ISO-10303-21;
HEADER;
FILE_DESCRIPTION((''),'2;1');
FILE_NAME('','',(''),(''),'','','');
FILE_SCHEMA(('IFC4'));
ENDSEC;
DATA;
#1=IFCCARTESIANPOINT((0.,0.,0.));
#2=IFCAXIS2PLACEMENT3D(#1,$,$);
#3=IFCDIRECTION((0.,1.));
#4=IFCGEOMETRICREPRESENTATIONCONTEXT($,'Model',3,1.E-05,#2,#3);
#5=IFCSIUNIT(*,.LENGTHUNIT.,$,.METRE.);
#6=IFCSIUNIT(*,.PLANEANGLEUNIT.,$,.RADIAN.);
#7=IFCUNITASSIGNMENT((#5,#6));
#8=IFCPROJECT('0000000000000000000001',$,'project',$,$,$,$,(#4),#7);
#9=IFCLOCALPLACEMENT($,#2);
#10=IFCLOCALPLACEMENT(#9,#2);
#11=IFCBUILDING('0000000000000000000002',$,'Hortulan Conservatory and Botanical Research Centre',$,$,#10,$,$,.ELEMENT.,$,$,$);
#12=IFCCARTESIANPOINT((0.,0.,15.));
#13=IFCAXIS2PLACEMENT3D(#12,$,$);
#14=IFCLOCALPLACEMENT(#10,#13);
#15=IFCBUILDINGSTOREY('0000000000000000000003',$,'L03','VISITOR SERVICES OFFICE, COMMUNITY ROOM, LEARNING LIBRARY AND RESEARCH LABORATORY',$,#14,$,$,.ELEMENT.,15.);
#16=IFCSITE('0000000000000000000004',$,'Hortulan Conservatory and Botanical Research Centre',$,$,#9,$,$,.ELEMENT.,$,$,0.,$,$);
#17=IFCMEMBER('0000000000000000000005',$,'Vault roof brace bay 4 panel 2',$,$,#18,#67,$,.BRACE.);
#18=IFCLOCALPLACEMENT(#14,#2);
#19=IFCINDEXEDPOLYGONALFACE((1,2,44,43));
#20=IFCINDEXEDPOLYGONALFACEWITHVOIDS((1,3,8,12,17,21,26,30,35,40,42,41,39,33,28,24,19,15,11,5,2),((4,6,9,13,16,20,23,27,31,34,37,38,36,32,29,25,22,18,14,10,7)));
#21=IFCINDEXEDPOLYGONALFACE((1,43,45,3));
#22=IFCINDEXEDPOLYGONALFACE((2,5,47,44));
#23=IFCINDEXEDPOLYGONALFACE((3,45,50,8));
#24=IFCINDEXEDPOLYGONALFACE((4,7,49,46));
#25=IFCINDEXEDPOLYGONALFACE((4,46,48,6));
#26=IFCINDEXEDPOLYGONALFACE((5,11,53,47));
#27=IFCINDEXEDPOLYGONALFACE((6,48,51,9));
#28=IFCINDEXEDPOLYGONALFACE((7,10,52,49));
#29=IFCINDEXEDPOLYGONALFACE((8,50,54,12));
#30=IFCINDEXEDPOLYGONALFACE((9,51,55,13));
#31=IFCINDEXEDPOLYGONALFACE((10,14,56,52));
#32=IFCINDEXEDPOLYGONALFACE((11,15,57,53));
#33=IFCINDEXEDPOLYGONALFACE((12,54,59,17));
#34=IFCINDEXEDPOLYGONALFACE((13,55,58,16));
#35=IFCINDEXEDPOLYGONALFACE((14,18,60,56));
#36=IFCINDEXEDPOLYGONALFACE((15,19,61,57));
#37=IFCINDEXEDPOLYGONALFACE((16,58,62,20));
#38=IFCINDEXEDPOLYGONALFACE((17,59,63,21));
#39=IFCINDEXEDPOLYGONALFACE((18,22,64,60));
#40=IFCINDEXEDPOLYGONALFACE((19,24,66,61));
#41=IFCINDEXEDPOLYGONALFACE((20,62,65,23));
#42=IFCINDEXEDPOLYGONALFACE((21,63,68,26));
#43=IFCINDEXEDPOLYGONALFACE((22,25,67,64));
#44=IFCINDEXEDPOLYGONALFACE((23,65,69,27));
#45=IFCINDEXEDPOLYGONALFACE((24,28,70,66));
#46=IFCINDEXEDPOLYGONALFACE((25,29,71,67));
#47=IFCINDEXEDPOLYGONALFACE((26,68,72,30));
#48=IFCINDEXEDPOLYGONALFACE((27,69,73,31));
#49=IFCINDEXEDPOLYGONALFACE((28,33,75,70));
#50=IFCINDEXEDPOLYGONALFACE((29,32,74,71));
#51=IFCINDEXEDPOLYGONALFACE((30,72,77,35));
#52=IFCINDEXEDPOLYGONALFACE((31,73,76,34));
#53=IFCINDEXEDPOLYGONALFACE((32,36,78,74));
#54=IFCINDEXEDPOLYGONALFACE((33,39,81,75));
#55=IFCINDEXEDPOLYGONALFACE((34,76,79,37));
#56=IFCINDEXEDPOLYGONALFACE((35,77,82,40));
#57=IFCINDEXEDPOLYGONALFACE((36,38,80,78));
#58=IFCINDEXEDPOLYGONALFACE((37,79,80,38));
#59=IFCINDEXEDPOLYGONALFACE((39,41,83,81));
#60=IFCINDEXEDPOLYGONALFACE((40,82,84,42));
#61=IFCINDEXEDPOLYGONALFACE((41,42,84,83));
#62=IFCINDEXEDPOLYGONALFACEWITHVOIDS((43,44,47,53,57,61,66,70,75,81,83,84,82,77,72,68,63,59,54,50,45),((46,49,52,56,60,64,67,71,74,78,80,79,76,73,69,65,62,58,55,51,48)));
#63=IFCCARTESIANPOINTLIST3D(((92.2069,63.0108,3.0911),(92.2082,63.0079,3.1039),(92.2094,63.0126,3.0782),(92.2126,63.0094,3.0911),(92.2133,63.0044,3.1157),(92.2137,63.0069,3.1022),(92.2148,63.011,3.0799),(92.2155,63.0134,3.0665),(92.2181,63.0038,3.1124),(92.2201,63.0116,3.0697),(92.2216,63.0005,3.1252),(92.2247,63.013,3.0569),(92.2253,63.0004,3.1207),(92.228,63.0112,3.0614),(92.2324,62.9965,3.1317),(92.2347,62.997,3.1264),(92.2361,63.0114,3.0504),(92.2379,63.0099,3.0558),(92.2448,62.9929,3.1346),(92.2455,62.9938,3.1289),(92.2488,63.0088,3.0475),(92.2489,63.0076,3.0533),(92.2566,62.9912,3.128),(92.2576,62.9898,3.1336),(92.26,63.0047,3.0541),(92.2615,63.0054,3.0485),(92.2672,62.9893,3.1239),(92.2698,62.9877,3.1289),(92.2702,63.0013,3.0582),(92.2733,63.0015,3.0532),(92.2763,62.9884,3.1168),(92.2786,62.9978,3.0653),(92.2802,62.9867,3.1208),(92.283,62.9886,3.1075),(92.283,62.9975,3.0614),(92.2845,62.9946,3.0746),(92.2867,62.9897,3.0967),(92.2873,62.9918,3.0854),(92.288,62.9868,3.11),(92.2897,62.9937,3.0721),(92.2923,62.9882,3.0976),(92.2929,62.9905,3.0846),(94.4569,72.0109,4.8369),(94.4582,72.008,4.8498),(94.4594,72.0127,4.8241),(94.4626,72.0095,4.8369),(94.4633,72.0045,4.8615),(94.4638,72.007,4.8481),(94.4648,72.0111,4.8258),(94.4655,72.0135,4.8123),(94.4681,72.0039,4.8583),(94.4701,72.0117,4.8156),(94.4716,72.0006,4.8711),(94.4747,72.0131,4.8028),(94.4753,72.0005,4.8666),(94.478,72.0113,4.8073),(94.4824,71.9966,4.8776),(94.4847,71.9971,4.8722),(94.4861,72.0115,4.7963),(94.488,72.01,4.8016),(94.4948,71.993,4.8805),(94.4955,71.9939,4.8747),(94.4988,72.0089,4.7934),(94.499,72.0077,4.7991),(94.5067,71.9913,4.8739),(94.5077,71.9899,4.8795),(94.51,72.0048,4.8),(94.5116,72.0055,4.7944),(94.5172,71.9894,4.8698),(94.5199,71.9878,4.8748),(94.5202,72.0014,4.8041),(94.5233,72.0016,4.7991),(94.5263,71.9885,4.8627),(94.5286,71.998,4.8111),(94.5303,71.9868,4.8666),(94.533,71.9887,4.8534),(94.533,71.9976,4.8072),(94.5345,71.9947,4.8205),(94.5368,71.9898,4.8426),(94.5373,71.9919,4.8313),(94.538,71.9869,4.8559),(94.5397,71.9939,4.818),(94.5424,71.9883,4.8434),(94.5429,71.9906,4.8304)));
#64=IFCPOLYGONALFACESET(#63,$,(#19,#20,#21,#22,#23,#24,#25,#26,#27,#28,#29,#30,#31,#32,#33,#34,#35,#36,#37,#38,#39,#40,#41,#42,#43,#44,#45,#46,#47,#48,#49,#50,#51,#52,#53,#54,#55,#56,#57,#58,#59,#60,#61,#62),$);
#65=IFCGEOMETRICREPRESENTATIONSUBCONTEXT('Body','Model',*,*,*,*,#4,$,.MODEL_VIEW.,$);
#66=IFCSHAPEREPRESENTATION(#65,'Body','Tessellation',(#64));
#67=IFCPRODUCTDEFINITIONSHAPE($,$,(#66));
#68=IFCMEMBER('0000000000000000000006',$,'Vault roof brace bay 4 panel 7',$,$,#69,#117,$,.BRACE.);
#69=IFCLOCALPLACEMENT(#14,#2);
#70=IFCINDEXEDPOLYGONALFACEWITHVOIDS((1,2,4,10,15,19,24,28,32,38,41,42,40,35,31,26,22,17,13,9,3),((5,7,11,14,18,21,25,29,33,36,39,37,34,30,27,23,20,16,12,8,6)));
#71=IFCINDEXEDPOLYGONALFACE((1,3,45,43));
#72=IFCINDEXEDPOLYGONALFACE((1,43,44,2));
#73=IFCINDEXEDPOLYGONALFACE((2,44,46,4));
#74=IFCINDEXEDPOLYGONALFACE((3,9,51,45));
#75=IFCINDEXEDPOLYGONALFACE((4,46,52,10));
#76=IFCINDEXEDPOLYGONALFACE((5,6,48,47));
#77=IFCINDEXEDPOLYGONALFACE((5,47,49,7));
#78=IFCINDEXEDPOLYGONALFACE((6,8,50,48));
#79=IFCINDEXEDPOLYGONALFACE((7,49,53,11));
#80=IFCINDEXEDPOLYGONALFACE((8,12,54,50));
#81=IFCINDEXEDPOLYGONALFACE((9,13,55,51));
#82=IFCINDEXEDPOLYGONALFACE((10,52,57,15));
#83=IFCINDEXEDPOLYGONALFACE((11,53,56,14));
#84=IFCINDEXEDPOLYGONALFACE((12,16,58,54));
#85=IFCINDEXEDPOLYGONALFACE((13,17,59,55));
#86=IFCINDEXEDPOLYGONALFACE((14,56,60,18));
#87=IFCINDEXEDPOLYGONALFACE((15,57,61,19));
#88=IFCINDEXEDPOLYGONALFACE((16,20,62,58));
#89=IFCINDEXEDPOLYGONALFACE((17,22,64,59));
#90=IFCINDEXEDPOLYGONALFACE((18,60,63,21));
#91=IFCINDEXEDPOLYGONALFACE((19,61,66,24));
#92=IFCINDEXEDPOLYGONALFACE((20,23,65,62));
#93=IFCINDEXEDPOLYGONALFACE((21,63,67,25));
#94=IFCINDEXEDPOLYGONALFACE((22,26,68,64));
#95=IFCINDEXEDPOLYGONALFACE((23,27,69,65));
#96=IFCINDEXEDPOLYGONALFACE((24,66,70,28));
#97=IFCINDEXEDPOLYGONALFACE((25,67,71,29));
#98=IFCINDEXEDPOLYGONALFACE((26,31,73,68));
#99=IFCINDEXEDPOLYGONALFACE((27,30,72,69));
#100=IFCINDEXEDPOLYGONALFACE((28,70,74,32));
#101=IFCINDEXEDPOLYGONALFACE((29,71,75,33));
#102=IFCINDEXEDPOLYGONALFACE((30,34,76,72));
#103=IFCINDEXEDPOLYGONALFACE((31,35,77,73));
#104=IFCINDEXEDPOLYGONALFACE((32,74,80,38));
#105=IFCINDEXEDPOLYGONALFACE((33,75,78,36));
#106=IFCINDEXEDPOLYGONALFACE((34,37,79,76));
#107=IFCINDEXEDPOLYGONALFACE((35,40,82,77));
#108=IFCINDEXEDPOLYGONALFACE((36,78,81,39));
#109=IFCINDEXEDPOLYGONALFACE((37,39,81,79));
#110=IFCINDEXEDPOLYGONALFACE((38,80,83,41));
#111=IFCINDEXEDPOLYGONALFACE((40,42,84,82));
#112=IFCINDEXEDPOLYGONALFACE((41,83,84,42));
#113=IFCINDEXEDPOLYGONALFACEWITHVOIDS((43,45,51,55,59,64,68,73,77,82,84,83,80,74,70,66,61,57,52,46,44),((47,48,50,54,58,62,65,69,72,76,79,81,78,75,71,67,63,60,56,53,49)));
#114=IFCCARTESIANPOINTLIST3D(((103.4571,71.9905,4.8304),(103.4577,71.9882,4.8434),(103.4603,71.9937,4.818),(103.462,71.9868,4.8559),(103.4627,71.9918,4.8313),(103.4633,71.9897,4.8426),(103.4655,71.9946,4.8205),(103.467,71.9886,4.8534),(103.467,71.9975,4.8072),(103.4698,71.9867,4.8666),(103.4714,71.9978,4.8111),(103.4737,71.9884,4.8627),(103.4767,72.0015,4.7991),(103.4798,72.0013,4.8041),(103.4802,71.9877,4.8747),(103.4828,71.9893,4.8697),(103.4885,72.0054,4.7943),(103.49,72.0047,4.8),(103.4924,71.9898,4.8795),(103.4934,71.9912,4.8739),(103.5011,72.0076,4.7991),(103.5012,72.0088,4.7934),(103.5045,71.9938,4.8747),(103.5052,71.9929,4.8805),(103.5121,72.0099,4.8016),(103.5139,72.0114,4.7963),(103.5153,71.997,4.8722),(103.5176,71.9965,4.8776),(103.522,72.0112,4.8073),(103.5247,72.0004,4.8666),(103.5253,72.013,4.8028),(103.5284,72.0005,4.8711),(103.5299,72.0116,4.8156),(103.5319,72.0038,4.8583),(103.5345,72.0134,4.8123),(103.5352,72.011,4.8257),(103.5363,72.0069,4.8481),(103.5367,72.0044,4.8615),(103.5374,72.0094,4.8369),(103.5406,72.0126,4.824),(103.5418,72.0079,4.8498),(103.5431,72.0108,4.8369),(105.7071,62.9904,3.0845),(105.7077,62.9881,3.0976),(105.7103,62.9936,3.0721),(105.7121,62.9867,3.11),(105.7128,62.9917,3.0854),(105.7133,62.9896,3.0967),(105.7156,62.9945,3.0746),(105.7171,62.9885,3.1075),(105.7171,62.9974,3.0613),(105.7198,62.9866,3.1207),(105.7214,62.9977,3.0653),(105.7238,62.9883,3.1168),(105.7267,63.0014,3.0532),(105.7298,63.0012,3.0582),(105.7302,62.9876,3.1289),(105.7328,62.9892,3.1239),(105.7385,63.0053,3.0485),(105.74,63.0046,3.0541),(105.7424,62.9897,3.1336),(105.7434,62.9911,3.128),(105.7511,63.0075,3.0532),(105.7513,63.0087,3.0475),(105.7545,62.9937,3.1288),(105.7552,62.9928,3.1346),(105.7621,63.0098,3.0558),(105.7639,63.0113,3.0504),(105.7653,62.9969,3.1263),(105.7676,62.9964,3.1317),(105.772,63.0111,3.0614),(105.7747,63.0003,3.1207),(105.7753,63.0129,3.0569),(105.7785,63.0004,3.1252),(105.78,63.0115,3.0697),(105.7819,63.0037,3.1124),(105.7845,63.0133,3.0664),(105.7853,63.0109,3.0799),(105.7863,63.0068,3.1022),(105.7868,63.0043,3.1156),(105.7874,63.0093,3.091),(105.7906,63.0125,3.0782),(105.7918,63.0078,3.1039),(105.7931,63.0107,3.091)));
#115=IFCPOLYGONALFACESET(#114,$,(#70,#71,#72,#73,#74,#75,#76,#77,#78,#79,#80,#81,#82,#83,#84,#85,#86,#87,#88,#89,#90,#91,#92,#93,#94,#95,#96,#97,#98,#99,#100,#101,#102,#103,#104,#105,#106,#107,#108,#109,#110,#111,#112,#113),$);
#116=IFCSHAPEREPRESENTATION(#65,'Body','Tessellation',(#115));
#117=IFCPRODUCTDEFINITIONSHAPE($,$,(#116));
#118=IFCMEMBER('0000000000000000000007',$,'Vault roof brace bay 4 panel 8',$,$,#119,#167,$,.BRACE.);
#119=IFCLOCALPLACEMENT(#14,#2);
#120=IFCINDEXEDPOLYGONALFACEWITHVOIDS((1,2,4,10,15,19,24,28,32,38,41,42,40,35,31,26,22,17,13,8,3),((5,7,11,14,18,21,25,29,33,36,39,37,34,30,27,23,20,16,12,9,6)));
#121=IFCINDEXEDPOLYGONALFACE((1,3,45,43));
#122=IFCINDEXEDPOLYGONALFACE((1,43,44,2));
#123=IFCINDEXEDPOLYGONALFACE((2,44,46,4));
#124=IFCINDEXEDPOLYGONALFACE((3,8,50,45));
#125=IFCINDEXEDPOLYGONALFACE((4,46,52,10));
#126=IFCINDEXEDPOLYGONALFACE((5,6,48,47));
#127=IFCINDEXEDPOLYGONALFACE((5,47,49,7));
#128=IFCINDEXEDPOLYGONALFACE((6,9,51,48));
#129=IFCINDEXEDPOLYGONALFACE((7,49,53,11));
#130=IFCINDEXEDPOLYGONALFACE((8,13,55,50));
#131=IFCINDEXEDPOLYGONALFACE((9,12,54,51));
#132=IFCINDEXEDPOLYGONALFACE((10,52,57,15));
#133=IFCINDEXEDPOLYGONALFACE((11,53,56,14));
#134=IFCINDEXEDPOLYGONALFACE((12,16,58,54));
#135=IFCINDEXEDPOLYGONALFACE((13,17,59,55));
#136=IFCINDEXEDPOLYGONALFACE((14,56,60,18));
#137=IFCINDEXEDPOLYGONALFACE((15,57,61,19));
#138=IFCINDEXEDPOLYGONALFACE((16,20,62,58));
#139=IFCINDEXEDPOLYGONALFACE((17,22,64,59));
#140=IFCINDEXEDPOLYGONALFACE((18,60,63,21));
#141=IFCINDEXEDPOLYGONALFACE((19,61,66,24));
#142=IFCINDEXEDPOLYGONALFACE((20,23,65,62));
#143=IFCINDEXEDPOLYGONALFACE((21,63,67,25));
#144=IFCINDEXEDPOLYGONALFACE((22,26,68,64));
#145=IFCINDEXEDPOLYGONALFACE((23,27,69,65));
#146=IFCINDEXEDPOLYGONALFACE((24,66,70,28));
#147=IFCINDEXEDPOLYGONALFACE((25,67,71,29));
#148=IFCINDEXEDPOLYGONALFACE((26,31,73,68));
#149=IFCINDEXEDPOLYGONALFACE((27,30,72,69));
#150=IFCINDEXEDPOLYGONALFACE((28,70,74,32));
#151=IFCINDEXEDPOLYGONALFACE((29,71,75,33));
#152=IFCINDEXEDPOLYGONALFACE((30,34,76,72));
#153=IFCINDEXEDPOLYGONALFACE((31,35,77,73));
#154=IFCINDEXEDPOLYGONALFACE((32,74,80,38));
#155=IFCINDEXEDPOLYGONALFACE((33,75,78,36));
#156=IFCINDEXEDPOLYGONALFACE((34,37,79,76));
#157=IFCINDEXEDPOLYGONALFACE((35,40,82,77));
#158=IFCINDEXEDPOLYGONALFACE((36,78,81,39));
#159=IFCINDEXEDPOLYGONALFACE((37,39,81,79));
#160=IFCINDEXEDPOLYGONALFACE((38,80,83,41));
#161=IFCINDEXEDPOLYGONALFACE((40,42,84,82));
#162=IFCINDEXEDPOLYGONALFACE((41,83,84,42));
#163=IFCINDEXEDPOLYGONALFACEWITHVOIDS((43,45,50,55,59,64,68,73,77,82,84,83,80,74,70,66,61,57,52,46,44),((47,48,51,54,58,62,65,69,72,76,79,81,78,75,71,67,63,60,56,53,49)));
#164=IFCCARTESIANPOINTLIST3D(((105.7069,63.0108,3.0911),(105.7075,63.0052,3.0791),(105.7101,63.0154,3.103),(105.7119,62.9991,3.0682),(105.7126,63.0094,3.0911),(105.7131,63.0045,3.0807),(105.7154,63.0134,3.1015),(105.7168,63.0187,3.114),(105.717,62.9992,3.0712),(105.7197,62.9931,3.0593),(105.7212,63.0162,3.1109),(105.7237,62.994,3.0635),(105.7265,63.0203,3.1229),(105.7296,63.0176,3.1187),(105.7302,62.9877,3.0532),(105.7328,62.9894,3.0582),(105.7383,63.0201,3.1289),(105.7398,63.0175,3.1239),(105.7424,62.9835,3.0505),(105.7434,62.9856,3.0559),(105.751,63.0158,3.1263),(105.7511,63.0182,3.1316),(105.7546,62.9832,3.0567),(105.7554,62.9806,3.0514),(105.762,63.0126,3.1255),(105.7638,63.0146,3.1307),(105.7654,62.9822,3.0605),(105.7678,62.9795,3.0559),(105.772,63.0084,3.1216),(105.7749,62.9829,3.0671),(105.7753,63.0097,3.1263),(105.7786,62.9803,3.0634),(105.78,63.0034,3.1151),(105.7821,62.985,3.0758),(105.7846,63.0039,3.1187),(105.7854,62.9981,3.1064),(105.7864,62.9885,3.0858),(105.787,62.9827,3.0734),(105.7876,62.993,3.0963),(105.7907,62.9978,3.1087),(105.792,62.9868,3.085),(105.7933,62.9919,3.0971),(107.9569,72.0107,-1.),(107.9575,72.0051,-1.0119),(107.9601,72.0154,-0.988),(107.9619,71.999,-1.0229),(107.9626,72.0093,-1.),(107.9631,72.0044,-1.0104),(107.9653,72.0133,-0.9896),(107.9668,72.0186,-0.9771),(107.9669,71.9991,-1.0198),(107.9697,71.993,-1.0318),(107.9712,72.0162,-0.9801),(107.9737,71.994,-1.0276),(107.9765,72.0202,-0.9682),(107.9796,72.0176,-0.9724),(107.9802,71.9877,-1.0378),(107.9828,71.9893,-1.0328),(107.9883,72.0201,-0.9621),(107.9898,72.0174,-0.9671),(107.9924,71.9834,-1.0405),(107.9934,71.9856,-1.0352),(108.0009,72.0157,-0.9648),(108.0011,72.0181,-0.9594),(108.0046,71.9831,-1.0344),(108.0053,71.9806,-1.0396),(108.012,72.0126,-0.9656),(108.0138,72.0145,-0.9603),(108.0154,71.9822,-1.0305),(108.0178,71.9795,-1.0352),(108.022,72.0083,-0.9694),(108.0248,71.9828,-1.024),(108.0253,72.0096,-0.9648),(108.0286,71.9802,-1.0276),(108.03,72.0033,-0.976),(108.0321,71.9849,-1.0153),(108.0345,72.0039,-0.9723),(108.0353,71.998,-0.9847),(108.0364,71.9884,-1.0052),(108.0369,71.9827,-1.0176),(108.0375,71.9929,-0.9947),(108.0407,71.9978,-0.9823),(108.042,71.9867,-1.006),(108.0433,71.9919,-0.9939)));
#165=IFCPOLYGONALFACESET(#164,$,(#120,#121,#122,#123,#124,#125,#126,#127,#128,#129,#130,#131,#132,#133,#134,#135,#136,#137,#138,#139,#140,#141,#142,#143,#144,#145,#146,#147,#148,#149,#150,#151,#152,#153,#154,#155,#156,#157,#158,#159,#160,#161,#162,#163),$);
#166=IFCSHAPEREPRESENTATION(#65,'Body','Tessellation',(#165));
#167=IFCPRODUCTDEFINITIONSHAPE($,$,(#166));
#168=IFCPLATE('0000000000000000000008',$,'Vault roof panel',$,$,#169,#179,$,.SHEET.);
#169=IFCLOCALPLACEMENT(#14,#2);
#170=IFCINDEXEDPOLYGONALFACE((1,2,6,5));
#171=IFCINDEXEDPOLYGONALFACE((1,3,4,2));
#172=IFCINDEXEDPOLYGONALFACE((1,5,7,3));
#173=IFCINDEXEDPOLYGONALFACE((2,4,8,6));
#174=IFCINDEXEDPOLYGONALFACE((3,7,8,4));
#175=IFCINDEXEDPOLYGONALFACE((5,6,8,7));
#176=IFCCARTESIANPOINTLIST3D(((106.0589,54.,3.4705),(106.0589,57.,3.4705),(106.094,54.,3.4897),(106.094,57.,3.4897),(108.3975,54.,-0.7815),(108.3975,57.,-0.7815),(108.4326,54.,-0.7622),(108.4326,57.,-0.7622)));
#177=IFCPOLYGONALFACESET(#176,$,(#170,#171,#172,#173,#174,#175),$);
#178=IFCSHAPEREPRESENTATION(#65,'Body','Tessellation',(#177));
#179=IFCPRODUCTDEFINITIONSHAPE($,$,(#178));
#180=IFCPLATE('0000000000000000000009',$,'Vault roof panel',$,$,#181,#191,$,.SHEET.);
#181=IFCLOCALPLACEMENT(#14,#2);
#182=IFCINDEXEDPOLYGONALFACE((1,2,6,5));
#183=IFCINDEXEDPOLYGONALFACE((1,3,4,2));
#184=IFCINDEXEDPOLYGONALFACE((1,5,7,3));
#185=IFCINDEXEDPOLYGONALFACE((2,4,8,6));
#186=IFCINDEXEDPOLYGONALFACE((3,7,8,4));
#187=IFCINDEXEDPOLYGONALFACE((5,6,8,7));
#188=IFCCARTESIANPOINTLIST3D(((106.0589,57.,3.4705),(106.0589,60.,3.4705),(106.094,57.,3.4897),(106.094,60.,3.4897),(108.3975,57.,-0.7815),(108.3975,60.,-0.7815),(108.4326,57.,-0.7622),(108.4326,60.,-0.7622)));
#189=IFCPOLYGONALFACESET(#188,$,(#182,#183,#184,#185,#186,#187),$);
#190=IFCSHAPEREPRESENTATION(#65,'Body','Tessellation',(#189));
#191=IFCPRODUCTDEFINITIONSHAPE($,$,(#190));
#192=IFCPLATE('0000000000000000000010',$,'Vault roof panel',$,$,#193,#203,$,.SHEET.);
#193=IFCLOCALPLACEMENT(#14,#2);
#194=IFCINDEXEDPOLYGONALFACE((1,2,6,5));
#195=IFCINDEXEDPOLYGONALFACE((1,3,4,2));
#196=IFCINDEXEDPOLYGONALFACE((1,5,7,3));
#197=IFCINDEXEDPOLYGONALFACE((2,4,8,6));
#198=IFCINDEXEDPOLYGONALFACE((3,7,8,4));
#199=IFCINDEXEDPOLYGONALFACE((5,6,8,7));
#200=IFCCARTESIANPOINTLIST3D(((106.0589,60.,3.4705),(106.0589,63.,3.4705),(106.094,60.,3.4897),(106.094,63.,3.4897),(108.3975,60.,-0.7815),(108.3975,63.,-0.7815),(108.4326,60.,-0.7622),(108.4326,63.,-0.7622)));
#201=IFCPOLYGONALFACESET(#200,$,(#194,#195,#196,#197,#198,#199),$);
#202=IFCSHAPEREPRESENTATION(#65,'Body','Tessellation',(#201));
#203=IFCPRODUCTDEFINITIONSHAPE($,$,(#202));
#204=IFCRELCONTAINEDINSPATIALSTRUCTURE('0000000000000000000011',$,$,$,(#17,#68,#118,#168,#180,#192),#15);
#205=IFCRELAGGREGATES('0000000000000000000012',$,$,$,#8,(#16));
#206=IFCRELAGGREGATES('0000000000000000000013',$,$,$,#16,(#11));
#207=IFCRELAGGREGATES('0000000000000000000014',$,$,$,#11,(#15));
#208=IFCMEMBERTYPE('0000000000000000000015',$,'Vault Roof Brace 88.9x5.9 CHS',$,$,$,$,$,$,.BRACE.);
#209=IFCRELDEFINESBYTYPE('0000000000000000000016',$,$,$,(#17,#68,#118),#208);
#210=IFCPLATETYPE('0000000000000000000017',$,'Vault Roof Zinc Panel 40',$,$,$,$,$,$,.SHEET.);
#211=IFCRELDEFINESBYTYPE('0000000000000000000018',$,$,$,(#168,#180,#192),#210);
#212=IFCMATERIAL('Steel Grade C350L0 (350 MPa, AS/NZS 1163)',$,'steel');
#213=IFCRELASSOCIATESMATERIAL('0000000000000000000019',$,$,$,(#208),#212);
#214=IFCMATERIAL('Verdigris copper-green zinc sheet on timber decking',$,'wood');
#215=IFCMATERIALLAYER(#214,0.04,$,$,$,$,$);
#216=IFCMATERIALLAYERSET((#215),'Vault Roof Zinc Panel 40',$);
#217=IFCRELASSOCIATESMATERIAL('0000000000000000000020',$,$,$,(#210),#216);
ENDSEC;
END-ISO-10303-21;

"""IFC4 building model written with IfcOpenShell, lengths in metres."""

from ifc_helpers import new_model, si_unit, direction, frame, origin, origin_2d, place, context, subcontext, project, spatial, polyline, hollow_circle, outline, extrude, material, layer, layer_set, material_profile, profile_set, type_object, element, save


model = new_model("IFC4")

# Units and contexts
model_context = context("Model", 3, precision=1e-05, world=origin(), true_north=direction((0.0, 1.0)))
body_context = subcontext(model_context, "Body", "Model", "MODEL_VIEW")
ifc_project = project(units=[si_unit("LENGTHUNIT", "METRE"), si_unit("PLANEANGLEUNIT", "RADIAN")], contexts=[model_context])

# Site, building, storey
site_placement = place(None, origin())
site = spatial("IfcSite", under=ifc_project, at=site_placement, Name="Hortulan Conservatory and Botanical Research Centre", CompositionType="ELEMENT", RefElevation=0.0)
building_placement = place(site_placement, origin())
building = spatial("IfcBuilding", under=site, at=building_placement, Name="Hortulan Conservatory and Botanical Research Centre", CompositionType="ELEMENT")
storey_placement = place(building_placement, frame((0.0, 0.0, 15.0)))
storey = spatial("IfcBuildingStorey", under=building, at=storey_placement, Name="L03", Description="VISITOR SERVICES OFFICE, COMMUNITY ROOM, LEARNING LIBRARY AND RESEARCH LABORATORY", CompositionType="ELEMENT", Elevation=15.0)

# Members
ifc_material_1 = material(Name="Steel Grade C350L0 (350 MPa, AS/NZS 1163)", Category="steel")
ifc_material_profile_1 = material_profile(ifc_material_1, hollow_circle(Radius=0.0444, WallThickness=0.0059, at=origin_2d()), Name="88.9x5.9CHS")
ifc_profile_set_1 = profile_set([ifc_material_profile_1], Name="Steel Grade C350L0 (350 MPa, AS/NZS 1163)")
member_type_1 = type_object("IfcMemberType", Name="Vault Roof Brace 88.9x5.9 CHS", PredefinedType="BRACE", material=ifc_profile_set_1)
for number, where, z_axis, x_axis, name in (
    (1, (92.25, 63.0, 3.0911), (0.238352, 0.953406, 0.184945), (-0.970143, 0.242536, 0.0), "Vault roof brace bay 4 panel 2"),
    (2, (103.5, 72.0, 4.8369), (0.238352, -0.953406, -0.184945), (0.970143, 0.242536, 0.0), "Vault roof brace bay 4 panel 7"),
):
    element("IfcMember", number, at=place(storey_placement, frame(where, z_axis=z_axis, x_axis=x_axis)), inside=storey, type_object=member_type_1, Name=name, PredefinedType="BRACE", context=body_context, shape_type="SweptSolid", body=[
        extrude(hollow_circle(Radius=0.0444, WallThickness=0.0059, at=origin_2d()), origin(), (0.0, 0.0, 1.0), 9.4399),
    ])
member_1_placement = place(storey_placement, frame((105.75, 63.0, 3.0911), z_axis=(0.221915, 0.887662, -0.403498), x_axis=(-0.970143, 0.242536, 0.0)))
element("IfcMember", 3, at=member_1_placement, inside=storey, type_object=member_type_1, Name="Vault roof brace bay 4 panel 8", PredefinedType="BRACE", context=body_context, shape_type="SweptSolid", body=[
    extrude(hollow_circle(Radius=0.0444, WallThickness=0.0059, at=origin_2d()), origin(), (0.0, 0.0, 1.0), 10.1389),
])

# Plates
ifc_material_2 = material(Name="Verdigris copper-green zinc sheet on timber decking", Category="wood")
ifc_layer = layer(ifc_material_2, 0.04)
ifc_layer_set = layer_set([ifc_layer], Name="Vault Roof Zinc Panel 40")
plate_type = type_object("IfcPlateType", Name="Vault Roof Zinc Panel 40", PredefinedType="SHEET", material=ifc_layer_set)
for number, where, z_axis, x_axis, name in (
    (4, (106.094, 54.0, 3.4897), (0.876212, 0.0, 0.481926), (0.481926, 0.0, -0.876212), "Vault roof panel"),
    (5, (106.094, 57.0, 3.4897), (0.876212, 0.0, 0.481926), (0.481926, 0.0, -0.876212), "Vault roof panel"),
    (6, (106.094, 60.0, 3.4897), (0.876212, 0.0, 0.481926), (0.481926, 0.0, -0.876212), "Vault roof panel"),
):
    element("IfcPlate", number, at=place(storey_placement, frame(where, z_axis=z_axis, x_axis=x_axis)), inside=storey, type_object=plate_type, Name=name, PredefinedType="SHEET", context=body_context, shape_type="SweptSolid", body=[
        extrude(outline(polyline([(0.0, 0.0), (4.8527, 0.0), (4.8527, 3.0), (0.0, 3.0), (0.0, 0.0)])), origin(), (0.0, 0.0, -1.0), 0.04),
    ])

save(model, "model.ifc")
